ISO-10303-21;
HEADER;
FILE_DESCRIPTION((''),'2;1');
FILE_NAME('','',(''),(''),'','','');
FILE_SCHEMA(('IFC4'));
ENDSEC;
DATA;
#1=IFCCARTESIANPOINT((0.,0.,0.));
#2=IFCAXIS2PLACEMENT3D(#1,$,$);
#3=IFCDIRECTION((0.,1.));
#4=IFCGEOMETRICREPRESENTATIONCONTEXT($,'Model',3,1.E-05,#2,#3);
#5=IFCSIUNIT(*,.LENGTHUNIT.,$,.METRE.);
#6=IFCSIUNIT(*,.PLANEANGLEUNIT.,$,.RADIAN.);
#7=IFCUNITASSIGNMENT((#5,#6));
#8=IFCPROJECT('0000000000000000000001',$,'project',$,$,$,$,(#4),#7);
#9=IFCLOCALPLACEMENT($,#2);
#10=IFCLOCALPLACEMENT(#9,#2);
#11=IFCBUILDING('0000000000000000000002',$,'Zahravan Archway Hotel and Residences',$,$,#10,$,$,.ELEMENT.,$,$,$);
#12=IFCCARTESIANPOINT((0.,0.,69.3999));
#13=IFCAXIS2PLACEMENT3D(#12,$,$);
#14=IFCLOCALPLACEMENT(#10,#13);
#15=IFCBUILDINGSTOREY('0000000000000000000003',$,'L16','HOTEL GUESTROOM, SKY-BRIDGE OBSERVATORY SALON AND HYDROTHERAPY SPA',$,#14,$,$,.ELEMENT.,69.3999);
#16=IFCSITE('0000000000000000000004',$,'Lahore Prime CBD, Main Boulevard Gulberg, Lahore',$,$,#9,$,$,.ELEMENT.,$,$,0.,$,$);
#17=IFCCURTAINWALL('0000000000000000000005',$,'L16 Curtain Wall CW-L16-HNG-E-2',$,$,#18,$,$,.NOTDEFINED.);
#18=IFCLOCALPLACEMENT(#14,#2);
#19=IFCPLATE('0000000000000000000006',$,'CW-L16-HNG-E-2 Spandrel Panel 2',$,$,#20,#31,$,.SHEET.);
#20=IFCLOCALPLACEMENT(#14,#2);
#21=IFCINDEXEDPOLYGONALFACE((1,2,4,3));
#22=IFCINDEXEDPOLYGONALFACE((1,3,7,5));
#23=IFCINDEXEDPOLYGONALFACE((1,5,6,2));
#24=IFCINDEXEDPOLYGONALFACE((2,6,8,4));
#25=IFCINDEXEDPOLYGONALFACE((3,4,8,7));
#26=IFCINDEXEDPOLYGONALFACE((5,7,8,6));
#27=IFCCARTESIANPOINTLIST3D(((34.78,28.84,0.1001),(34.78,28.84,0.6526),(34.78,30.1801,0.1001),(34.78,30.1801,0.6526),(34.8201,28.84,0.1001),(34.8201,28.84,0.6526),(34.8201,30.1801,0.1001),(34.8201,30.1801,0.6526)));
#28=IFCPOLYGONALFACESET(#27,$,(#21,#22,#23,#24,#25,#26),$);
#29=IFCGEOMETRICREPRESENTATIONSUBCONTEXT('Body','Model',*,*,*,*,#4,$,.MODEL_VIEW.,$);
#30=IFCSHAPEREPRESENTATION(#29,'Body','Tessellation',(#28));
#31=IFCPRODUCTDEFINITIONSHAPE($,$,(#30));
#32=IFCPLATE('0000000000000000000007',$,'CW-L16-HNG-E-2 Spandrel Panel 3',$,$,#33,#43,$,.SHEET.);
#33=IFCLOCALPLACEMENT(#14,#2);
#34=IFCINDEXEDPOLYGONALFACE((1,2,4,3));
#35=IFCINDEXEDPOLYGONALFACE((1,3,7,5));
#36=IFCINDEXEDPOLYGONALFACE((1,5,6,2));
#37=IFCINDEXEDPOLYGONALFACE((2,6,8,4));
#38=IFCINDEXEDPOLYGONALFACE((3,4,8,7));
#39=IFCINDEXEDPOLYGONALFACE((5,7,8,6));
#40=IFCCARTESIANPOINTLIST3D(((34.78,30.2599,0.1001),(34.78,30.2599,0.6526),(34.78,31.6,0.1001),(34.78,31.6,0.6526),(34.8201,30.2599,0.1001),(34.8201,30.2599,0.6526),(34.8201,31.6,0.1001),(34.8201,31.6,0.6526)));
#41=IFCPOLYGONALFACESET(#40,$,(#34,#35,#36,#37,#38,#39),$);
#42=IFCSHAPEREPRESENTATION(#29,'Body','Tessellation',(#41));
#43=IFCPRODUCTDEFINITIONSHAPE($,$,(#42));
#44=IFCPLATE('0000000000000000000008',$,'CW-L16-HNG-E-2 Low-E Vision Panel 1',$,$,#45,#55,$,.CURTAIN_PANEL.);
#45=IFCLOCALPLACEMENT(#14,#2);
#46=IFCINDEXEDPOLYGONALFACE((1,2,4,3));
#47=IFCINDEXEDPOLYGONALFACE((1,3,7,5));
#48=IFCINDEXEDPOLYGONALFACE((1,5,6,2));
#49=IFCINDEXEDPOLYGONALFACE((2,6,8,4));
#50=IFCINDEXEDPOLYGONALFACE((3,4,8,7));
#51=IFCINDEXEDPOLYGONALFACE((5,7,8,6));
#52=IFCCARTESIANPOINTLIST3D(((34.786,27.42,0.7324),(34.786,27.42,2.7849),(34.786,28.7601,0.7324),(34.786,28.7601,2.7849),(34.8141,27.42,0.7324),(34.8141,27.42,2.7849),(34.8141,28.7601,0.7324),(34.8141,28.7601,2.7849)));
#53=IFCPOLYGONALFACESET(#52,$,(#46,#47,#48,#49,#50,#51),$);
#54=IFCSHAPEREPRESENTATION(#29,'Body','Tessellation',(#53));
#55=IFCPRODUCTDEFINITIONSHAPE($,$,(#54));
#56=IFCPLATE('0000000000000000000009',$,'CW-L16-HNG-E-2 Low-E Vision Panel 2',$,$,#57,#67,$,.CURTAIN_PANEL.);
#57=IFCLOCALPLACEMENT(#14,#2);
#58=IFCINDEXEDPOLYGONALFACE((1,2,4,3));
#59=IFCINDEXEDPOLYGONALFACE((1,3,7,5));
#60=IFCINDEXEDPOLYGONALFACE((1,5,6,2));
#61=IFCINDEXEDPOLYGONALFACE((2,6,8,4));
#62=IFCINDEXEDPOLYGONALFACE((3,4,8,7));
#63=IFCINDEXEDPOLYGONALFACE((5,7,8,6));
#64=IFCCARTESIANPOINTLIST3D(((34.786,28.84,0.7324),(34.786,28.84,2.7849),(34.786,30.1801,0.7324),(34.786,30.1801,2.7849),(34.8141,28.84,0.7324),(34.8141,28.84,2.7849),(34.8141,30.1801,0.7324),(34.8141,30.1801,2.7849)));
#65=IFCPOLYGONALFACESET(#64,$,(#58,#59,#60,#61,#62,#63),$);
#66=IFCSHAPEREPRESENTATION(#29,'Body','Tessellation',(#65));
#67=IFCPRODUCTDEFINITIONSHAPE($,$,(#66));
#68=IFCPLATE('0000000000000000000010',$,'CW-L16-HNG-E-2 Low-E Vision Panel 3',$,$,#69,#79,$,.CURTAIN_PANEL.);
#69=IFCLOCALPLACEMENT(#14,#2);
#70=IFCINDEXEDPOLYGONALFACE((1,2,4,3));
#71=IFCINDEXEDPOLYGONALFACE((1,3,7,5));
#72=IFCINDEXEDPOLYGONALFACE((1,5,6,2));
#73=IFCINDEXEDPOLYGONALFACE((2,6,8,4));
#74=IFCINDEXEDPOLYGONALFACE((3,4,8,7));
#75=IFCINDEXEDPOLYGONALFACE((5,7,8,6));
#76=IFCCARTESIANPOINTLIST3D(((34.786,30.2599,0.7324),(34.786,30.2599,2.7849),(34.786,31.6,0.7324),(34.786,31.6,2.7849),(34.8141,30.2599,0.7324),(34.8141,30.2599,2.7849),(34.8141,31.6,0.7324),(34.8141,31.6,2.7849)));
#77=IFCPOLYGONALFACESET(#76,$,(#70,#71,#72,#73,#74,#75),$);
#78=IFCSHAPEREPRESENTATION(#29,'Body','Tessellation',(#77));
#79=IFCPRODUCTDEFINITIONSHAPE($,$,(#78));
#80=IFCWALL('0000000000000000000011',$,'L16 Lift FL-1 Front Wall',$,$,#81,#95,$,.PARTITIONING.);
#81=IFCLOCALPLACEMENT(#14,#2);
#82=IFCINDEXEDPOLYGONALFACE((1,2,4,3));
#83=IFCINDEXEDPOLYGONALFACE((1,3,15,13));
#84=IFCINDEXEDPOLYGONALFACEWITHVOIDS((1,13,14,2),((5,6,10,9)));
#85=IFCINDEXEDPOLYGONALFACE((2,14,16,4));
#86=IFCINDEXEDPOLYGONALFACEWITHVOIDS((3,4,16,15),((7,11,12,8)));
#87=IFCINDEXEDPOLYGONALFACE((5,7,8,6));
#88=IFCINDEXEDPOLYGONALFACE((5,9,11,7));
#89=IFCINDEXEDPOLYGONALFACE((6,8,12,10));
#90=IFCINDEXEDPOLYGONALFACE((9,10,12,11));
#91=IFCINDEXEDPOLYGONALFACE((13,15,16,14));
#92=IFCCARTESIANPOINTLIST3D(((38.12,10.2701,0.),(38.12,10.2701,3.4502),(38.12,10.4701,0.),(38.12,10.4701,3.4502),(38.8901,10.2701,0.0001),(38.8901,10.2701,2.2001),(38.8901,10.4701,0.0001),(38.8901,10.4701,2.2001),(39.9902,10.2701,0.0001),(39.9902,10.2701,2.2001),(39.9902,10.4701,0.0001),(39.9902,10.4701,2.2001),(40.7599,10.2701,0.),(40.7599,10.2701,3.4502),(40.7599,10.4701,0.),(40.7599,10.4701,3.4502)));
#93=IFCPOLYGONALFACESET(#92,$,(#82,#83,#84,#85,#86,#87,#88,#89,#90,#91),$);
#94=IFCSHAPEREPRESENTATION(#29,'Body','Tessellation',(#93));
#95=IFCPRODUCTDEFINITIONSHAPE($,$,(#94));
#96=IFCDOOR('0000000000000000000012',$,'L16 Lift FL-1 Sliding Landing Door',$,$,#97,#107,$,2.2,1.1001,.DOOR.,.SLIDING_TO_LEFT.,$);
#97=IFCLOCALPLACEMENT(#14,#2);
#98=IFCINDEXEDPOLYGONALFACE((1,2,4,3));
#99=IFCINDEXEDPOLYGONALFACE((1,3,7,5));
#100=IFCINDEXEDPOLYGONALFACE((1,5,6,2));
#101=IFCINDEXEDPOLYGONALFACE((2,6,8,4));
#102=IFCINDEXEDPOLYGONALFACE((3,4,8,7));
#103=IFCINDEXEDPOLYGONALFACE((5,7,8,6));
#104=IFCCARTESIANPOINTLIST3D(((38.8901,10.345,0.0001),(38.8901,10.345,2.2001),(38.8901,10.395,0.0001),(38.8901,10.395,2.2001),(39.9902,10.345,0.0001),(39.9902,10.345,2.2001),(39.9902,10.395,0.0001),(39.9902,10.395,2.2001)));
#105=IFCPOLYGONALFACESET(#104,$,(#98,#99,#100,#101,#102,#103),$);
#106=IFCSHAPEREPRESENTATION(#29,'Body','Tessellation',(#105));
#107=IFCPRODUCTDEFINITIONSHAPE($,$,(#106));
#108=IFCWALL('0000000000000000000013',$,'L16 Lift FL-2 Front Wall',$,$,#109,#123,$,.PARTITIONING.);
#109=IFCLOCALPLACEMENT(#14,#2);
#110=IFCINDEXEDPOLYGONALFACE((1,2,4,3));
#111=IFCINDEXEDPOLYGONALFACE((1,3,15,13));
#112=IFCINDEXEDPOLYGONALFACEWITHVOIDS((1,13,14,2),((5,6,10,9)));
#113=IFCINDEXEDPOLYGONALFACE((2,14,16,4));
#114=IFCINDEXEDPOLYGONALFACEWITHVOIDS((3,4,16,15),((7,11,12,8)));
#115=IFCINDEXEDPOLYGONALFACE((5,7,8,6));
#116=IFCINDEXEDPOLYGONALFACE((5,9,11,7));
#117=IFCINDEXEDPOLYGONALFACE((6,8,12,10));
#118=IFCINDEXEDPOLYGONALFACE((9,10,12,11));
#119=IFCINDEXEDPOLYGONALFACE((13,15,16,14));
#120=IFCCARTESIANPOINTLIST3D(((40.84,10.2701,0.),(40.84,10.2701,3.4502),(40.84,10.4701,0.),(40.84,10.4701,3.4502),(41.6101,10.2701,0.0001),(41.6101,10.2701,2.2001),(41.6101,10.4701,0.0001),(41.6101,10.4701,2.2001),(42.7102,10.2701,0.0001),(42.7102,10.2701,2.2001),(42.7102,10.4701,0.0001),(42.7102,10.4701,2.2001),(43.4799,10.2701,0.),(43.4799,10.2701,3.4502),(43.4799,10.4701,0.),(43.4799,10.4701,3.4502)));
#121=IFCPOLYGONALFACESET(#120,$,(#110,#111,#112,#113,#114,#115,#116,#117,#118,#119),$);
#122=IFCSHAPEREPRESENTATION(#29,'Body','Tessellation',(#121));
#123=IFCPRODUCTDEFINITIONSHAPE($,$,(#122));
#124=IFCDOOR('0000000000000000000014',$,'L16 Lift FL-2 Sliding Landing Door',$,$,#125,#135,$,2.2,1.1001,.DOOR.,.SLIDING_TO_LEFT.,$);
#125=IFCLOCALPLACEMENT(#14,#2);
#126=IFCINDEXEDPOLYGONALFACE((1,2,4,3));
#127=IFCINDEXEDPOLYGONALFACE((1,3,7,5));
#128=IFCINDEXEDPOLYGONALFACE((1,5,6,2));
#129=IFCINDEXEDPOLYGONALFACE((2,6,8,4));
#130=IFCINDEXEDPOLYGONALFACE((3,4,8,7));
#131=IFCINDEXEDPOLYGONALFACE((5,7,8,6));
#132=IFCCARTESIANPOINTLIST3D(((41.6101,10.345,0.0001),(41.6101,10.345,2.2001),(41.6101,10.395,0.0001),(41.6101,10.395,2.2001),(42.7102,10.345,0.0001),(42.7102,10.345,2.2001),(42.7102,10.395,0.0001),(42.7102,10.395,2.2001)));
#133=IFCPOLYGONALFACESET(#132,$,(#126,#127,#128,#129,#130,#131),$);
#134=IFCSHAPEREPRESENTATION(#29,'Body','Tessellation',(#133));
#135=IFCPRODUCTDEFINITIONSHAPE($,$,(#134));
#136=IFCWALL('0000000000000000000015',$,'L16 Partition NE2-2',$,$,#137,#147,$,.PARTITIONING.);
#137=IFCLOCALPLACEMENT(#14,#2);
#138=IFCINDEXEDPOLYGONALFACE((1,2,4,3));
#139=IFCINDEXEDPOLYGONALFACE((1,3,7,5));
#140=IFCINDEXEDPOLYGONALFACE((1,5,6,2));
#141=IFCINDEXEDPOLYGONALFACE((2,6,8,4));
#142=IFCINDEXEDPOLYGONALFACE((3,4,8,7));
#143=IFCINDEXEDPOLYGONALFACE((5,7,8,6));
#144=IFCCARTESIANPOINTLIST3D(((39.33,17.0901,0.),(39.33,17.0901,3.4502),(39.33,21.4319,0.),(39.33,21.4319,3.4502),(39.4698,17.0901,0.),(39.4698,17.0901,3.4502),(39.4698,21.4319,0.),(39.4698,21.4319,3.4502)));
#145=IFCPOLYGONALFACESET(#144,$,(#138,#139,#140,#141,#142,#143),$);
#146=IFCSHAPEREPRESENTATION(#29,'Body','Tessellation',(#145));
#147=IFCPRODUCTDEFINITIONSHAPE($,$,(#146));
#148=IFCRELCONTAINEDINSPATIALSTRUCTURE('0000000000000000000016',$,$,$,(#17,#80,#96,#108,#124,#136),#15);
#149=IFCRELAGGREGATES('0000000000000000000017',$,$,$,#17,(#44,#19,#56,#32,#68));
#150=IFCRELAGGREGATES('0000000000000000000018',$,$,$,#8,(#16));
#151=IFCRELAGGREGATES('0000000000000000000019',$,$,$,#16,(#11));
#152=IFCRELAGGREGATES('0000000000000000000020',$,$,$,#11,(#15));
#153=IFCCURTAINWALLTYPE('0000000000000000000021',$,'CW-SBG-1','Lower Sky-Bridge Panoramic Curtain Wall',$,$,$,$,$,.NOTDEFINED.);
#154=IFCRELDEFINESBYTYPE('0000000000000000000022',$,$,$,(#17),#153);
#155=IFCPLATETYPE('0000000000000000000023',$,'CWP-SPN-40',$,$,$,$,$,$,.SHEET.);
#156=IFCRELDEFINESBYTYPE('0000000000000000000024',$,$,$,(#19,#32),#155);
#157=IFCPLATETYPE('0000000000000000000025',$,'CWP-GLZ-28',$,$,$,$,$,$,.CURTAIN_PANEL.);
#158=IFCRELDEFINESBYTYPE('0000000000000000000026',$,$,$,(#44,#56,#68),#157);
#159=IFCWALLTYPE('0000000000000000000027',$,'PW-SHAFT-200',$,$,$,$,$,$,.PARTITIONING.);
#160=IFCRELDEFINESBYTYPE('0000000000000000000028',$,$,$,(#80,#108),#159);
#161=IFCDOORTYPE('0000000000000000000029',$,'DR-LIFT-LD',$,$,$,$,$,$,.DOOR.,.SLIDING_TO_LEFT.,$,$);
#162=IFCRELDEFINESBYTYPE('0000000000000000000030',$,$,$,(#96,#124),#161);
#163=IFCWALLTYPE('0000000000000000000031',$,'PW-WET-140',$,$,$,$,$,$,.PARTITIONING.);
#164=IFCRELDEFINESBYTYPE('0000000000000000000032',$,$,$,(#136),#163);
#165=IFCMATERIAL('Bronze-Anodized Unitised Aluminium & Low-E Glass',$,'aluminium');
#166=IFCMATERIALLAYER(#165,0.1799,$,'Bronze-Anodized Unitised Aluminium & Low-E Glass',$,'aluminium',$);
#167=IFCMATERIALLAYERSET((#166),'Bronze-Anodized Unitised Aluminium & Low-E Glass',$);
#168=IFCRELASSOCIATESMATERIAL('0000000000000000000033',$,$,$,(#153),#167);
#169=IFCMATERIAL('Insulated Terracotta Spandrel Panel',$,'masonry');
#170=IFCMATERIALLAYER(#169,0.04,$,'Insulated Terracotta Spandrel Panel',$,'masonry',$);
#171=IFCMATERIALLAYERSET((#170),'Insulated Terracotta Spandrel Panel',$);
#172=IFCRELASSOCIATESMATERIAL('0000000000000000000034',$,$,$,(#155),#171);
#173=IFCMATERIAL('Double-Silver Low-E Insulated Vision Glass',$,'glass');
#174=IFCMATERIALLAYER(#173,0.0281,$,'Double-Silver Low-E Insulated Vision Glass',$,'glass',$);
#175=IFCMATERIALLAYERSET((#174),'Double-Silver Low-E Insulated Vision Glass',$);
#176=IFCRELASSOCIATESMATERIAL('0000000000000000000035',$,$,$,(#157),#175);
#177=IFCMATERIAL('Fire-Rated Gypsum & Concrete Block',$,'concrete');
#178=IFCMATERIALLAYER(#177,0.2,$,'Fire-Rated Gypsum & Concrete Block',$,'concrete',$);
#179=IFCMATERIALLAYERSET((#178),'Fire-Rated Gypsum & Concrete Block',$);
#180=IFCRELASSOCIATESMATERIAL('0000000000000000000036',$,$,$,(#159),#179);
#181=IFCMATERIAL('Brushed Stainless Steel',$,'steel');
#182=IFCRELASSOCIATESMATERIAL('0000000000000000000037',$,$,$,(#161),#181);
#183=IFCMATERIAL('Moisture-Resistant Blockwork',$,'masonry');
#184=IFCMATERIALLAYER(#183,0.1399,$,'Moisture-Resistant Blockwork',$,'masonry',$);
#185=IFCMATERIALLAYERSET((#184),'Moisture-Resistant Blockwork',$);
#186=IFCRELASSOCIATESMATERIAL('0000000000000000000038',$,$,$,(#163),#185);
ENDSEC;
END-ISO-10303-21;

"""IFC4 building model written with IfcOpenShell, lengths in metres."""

from ifc_helpers import new_model, si_unit, direction, frame, frame_2d, origin, origin_2d, place, context, subcontext, project, spatial, rectangle, extrude, source, transform, mapped, material, layer, layer_set, type_object, type_shapes, element, fill, aggregate, save


model = new_model("IFC4")

# Units and contexts
model_context = context("Model", 3, precision=1e-05, world=origin(), true_north=direction((0.0, 1.0)))
body_context = subcontext(model_context, "Body", "Model", "MODEL_VIEW")
ifc_project = project(units=[si_unit("LENGTHUNIT", "METRE"), si_unit("PLANEANGLEUNIT", "RADIAN")], contexts=[model_context])

# Site, building, storey
site_placement = place(None, origin())
site = spatial("IfcSite", under=ifc_project, at=site_placement, Name="Lahore Prime CBD, Main Boulevard Gulberg, Lahore", CompositionType="ELEMENT", RefElevation=0.0)
building_placement = place(site_placement, origin())
building = spatial("IfcBuilding", under=site, at=building_placement, Name="Zahravan Archway Hotel and Residences", CompositionType="ELEMENT")
storey_placement = place(building_placement, frame((0.0, 0.0, 69.3999)))
storey = spatial("IfcBuildingStorey", under=building, at=storey_placement, Name="L16", Description="HOTEL GUESTROOM, SKY-BRIDGE OBSERVATORY SALON AND HYDROTHERAPY SPA", CompositionType="ELEMENT", Elevation=69.3999)

# Curtain wall, plates
ifc_material_1 = material(Name="Bronze-Anodized Unitised Aluminium & Low-E Glass", Category="aluminium")
ifc_layer_1 = layer(ifc_material_1, 0.1799, Name="Bronze-Anodized Unitised Aluminium & Low-E Glass", Category="aluminium")
ifc_layer_set_1 = layer_set([ifc_layer_1], Name="Bronze-Anodized Unitised Aluminium & Low-E Glass")
curtain_wall_type = type_object("IfcCurtainWallType", Name="CW-SBG-1", Description="Lower Sky-Bridge Panoramic Curtain Wall", PredefinedType="NOTDEFINED", material=ifc_layer_set_1)
curtain_wall_placement = place(storey_placement, origin())
curtain_wall = element("IfcCurtainWall", 1, at=curtain_wall_placement, inside=storey, type_object=curtain_wall_type, Name="L16 Curtain Wall CW-L16-HNG-E-2", PredefinedType="NOTDEFINED")
ifc_material_2 = material(Name="Insulated Terracotta Spandrel Panel", Category="masonry")
ifc_layer_2 = layer(ifc_material_2, 0.04, Name="Insulated Terracotta Spandrel Panel", Category="masonry")
ifc_layer_set_2 = layer_set([ifc_layer_2], Name="Insulated Terracotta Spandrel Panel")
plate_type_1 = type_object("IfcPlateType", Name="CWP-SPN-40", PredefinedType="SHEET", material=ifc_layer_set_2)
shared_shape_1 = source(origin(), body_context, "Body", "SweptSolid", [
    extrude(rectangle(XDim=1.3401, YDim=0.04, at=origin_2d()), origin(), (0.0, 0.0, 1.0), 0.5525),
])
plate_1_placement = place(storey_placement, frame((34.8, 29.51, 0.1001), z_axis=(0.0, 0.0, 1.0), x_axis=(0.0, 1.0, 0.0)))
plate_1 = element("IfcPlate", 2, at=plate_1_placement, type_object=plate_type_1, Name="CW-L16-HNG-E-2 Spandrel Panel 2", PredefinedType="SHEET", context=body_context, shape_type="MappedRepresentation", body=[
    mapped(shared_shape_1, transform((0.0, 0.0, 0.0), scale=1.0)),
])
plate_2_placement = place(storey_placement, frame((34.8, 30.9299, 0.1001), z_axis=(0.0, 0.0, 1.0), x_axis=(0.0, 1.0, 0.0)))
plate_2 = element("IfcPlate", 3, at=plate_2_placement, type_object=plate_type_1, Name="CW-L16-HNG-E-2 Spandrel Panel 3", PredefinedType="SHEET", context=body_context, shape_type="MappedRepresentation", body=[
    mapped(shared_shape_1, transform((0.0, 0.0, 0.0), scale=1.0)),
])
ifc_material_3 = material(Name="Double-Silver Low-E Insulated Vision Glass", Category="glass")
ifc_layer_3 = layer(ifc_material_3, 0.0281, Name="Double-Silver Low-E Insulated Vision Glass", Category="glass")
ifc_layer_set_3 = layer_set([ifc_layer_3], Name="Double-Silver Low-E Insulated Vision Glass")
plate_type_2 = type_object("IfcPlateType", Name="CWP-GLZ-28", PredefinedType="CURTAIN_PANEL", material=ifc_layer_set_3)
shared_shape_2 = source(origin(), body_context, "Body", "SweptSolid", [
    extrude(rectangle(XDim=1.3401, YDim=0.0281, at=origin_2d()), origin(), (0.0, 0.0, 1.0), 2.0525),
])
plate_3_placement = place(storey_placement, frame((34.8, 28.0901, 0.7324), z_axis=(0.0, 0.0, 1.0), x_axis=(0.0, 1.0, 0.0)))
plate_3 = element("IfcPlate", 4, at=plate_3_placement, type_object=plate_type_2, Name="CW-L16-HNG-E-2 Low-E Vision Panel 1", PredefinedType="CURTAIN_PANEL", context=body_context, shape_type="MappedRepresentation", body=[
    mapped(shared_shape_2, transform((0.0, 0.0, 0.0), scale=1.0)),
])
plate_4_placement = place(storey_placement, frame((34.8, 29.51, 0.7324), z_axis=(0.0, 0.0, 1.0), x_axis=(0.0, 1.0, 0.0)))
plate_4 = element("IfcPlate", 5, at=plate_4_placement, type_object=plate_type_2, Name="CW-L16-HNG-E-2 Low-E Vision Panel 2", PredefinedType="CURTAIN_PANEL", context=body_context, shape_type="MappedRepresentation", body=[
    mapped(shared_shape_2, transform((0.0, 0.0, 0.0), scale=1.0)),
])
plate_5_placement = place(storey_placement, frame((34.8, 30.9299, 0.7324), z_axis=(0.0, 0.0, 1.0), x_axis=(0.0, 1.0, 0.0)))
plate_5 = element("IfcPlate", 6, at=plate_5_placement, type_object=plate_type_2, Name="CW-L16-HNG-E-2 Low-E Vision Panel 3", PredefinedType="CURTAIN_PANEL", context=body_context, shape_type="MappedRepresentation", body=[
    mapped(shared_shape_2, transform((0.0, 0.0, 0.0), scale=1.0)),
])
aggregate(curtain_wall, [plate_3, plate_1, plate_4, plate_2, plate_5])

# Walls, openings, doors
ifc_material_4 = material(Name="Fire-Rated Gypsum & Concrete Block", Category="concrete")
ifc_layer_4 = layer(ifc_material_4, 0.2, Name="Fire-Rated Gypsum & Concrete Block", Category="concrete")
ifc_layer_set_4 = layer_set([ifc_layer_4], Name="Fire-Rated Gypsum & Concrete Block")
wall_type_1 = type_object("IfcWallType", Name="PW-SHAFT-200", PredefinedType="PARTITIONING", material=ifc_layer_set_4)
wall_1_placement = place(storey_placement, frame((38.1201, 10.3701, 0.0), z_axis=(0.0, 0.0, 1.0), x_axis=(1.0, 0.0, 0.0)))
wall_1 = element("IfcWall", 7, at=wall_1_placement, inside=storey, type_object=wall_type_1, Name="L16 Lift FL-1 Front Wall", PredefinedType="PARTITIONING", context=body_context, shape_type="SweptSolid", body=[
    extrude(rectangle(XDim=2.6399, YDim=0.2, at=frame_2d((1.3198, 0.0))), origin(), (0.0, 0.0, 1.0), 3.4502),
])
opening_1_placement = place(wall_1_placement, frame((0.77, 0.0, 0.0)))
opening_1 = element("IfcOpeningElement", 8, at=opening_1_placement, cuts=wall_1, PredefinedType="OPENING", context=body_context, shape_type="SweptSolid", body=[
    extrude(rectangle(XDim=1.1001, YDim=2.2, at=frame_2d((0.55, 1.1001))), frame((0.0, 0.1099, 0.0), z_axis=(0.0, -1.0, 0.0), x_axis=(1.0, 0.0, 0.0)), (0.0, 0.0, 1.0), 0.22),
])
ifc_material_5 = material(Name="Brushed Stainless Steel", Category="steel")
door_type_1 = type_object("IfcDoorType", Name="DR-LIFT-LD", OperationType="SLIDING_TO_LEFT", PredefinedType="DOOR", material=ifc_material_5)
shared_shape_3 = source(origin(), body_context, "Body", "SweptSolid", [
    extrude(rectangle(XDim=1.1001, YDim=2.2, at=frame_2d((0.55, 1.1001))), frame((0.0, 0.0249, 0.0), z_axis=(0.0, -1.0, 0.0), x_axis=(1.0, 0.0, 0.0)), (0.0, 0.0, 1.0), 0.05),
])
type_shapes(door_type_1, [shared_shape_3])
door_1_placement = place(opening_1_placement, origin())
door_1 = element("IfcDoor", 9, at=door_1_placement, inside=storey, type_object=door_type_1, Name="L16 Lift FL-1 Sliding Landing Door", OperationType="SLIDING_TO_LEFT", OverallHeight=2.2, OverallWidth=1.1001, PredefinedType="DOOR", context=body_context, shape_type="MappedRepresentation", body=[
    mapped(shared_shape_3, transform((0.0, 0.0, 0.0), scale=1.0)),
])
fill(opening_1, door_1)
wall_2_placement = place(storey_placement, frame((40.8401, 10.3701, 0.0), z_axis=(0.0, 0.0, 1.0), x_axis=(1.0, 0.0, 0.0)))
wall_2 = element("IfcWall", 10, at=wall_2_placement, inside=storey, type_object=wall_type_1, Name="L16 Lift FL-2 Front Wall", PredefinedType="PARTITIONING", context=body_context, shape_type="SweptSolid", body=[
    extrude(rectangle(XDim=2.6399, YDim=0.2, at=frame_2d((1.3198, 0.0))), origin(), (0.0, 0.0, 1.0), 3.4502),
])
opening_2_placement = place(wall_2_placement, frame((0.77, 0.0, 0.0)))
opening_2 = element("IfcOpeningElement", 11, at=opening_2_placement, cuts=wall_2, PredefinedType="OPENING", context=body_context, shape_type="SweptSolid", body=[
    extrude(rectangle(XDim=1.1001, YDim=2.2, at=frame_2d((0.55, 1.1001))), frame((0.0, 0.1099, 0.0), z_axis=(0.0, -1.0, 0.0), x_axis=(1.0, 0.0, 0.0)), (0.0, 0.0, 1.0), 0.22),
])
door_2_placement = place(opening_2_placement, origin())
door_2 = element("IfcDoor", 12, at=door_2_placement, inside=storey, type_object=door_type_1, Name="L16 Lift FL-2 Sliding Landing Door", OperationType="SLIDING_TO_LEFT", OverallHeight=2.2, OverallWidth=1.1001, PredefinedType="DOOR", context=body_context, shape_type="MappedRepresentation", body=[
    mapped(shared_shape_3, transform((0.0, 0.0, 0.0), scale=1.0)),
])
fill(opening_2, door_2)

# Wall
ifc_material_6 = material(Name="Moisture-Resistant Blockwork", Category="masonry")
ifc_layer_5 = layer(ifc_material_6, 0.1399, Name="Moisture-Resistant Blockwork", Category="masonry")
ifc_layer_set_5 = layer_set([ifc_layer_5], Name="Moisture-Resistant Blockwork")
wall_type_2 = type_object("IfcWallType", Name="PW-WET-140", PredefinedType="PARTITIONING", material=ifc_layer_set_5)
wall_3_placement = place(storey_placement, frame((39.3999, 17.0901, 0.0), z_axis=(0.0, 0.0, 1.0), x_axis=(0.0, 1.0, 0.0)))
element("IfcWall", 13, at=wall_3_placement, inside=storey, type_object=wall_type_2, Name="L16 Partition NE2-2", PredefinedType="PARTITIONING", context=body_context, shape_type="SweptSolid", body=[
    extrude(rectangle(XDim=4.3418, YDim=0.1399, at=frame_2d((2.1709, 0.0))), origin(), (0.0, 0.0, 1.0), 3.4502),
])

save(model, "model.ifc")
